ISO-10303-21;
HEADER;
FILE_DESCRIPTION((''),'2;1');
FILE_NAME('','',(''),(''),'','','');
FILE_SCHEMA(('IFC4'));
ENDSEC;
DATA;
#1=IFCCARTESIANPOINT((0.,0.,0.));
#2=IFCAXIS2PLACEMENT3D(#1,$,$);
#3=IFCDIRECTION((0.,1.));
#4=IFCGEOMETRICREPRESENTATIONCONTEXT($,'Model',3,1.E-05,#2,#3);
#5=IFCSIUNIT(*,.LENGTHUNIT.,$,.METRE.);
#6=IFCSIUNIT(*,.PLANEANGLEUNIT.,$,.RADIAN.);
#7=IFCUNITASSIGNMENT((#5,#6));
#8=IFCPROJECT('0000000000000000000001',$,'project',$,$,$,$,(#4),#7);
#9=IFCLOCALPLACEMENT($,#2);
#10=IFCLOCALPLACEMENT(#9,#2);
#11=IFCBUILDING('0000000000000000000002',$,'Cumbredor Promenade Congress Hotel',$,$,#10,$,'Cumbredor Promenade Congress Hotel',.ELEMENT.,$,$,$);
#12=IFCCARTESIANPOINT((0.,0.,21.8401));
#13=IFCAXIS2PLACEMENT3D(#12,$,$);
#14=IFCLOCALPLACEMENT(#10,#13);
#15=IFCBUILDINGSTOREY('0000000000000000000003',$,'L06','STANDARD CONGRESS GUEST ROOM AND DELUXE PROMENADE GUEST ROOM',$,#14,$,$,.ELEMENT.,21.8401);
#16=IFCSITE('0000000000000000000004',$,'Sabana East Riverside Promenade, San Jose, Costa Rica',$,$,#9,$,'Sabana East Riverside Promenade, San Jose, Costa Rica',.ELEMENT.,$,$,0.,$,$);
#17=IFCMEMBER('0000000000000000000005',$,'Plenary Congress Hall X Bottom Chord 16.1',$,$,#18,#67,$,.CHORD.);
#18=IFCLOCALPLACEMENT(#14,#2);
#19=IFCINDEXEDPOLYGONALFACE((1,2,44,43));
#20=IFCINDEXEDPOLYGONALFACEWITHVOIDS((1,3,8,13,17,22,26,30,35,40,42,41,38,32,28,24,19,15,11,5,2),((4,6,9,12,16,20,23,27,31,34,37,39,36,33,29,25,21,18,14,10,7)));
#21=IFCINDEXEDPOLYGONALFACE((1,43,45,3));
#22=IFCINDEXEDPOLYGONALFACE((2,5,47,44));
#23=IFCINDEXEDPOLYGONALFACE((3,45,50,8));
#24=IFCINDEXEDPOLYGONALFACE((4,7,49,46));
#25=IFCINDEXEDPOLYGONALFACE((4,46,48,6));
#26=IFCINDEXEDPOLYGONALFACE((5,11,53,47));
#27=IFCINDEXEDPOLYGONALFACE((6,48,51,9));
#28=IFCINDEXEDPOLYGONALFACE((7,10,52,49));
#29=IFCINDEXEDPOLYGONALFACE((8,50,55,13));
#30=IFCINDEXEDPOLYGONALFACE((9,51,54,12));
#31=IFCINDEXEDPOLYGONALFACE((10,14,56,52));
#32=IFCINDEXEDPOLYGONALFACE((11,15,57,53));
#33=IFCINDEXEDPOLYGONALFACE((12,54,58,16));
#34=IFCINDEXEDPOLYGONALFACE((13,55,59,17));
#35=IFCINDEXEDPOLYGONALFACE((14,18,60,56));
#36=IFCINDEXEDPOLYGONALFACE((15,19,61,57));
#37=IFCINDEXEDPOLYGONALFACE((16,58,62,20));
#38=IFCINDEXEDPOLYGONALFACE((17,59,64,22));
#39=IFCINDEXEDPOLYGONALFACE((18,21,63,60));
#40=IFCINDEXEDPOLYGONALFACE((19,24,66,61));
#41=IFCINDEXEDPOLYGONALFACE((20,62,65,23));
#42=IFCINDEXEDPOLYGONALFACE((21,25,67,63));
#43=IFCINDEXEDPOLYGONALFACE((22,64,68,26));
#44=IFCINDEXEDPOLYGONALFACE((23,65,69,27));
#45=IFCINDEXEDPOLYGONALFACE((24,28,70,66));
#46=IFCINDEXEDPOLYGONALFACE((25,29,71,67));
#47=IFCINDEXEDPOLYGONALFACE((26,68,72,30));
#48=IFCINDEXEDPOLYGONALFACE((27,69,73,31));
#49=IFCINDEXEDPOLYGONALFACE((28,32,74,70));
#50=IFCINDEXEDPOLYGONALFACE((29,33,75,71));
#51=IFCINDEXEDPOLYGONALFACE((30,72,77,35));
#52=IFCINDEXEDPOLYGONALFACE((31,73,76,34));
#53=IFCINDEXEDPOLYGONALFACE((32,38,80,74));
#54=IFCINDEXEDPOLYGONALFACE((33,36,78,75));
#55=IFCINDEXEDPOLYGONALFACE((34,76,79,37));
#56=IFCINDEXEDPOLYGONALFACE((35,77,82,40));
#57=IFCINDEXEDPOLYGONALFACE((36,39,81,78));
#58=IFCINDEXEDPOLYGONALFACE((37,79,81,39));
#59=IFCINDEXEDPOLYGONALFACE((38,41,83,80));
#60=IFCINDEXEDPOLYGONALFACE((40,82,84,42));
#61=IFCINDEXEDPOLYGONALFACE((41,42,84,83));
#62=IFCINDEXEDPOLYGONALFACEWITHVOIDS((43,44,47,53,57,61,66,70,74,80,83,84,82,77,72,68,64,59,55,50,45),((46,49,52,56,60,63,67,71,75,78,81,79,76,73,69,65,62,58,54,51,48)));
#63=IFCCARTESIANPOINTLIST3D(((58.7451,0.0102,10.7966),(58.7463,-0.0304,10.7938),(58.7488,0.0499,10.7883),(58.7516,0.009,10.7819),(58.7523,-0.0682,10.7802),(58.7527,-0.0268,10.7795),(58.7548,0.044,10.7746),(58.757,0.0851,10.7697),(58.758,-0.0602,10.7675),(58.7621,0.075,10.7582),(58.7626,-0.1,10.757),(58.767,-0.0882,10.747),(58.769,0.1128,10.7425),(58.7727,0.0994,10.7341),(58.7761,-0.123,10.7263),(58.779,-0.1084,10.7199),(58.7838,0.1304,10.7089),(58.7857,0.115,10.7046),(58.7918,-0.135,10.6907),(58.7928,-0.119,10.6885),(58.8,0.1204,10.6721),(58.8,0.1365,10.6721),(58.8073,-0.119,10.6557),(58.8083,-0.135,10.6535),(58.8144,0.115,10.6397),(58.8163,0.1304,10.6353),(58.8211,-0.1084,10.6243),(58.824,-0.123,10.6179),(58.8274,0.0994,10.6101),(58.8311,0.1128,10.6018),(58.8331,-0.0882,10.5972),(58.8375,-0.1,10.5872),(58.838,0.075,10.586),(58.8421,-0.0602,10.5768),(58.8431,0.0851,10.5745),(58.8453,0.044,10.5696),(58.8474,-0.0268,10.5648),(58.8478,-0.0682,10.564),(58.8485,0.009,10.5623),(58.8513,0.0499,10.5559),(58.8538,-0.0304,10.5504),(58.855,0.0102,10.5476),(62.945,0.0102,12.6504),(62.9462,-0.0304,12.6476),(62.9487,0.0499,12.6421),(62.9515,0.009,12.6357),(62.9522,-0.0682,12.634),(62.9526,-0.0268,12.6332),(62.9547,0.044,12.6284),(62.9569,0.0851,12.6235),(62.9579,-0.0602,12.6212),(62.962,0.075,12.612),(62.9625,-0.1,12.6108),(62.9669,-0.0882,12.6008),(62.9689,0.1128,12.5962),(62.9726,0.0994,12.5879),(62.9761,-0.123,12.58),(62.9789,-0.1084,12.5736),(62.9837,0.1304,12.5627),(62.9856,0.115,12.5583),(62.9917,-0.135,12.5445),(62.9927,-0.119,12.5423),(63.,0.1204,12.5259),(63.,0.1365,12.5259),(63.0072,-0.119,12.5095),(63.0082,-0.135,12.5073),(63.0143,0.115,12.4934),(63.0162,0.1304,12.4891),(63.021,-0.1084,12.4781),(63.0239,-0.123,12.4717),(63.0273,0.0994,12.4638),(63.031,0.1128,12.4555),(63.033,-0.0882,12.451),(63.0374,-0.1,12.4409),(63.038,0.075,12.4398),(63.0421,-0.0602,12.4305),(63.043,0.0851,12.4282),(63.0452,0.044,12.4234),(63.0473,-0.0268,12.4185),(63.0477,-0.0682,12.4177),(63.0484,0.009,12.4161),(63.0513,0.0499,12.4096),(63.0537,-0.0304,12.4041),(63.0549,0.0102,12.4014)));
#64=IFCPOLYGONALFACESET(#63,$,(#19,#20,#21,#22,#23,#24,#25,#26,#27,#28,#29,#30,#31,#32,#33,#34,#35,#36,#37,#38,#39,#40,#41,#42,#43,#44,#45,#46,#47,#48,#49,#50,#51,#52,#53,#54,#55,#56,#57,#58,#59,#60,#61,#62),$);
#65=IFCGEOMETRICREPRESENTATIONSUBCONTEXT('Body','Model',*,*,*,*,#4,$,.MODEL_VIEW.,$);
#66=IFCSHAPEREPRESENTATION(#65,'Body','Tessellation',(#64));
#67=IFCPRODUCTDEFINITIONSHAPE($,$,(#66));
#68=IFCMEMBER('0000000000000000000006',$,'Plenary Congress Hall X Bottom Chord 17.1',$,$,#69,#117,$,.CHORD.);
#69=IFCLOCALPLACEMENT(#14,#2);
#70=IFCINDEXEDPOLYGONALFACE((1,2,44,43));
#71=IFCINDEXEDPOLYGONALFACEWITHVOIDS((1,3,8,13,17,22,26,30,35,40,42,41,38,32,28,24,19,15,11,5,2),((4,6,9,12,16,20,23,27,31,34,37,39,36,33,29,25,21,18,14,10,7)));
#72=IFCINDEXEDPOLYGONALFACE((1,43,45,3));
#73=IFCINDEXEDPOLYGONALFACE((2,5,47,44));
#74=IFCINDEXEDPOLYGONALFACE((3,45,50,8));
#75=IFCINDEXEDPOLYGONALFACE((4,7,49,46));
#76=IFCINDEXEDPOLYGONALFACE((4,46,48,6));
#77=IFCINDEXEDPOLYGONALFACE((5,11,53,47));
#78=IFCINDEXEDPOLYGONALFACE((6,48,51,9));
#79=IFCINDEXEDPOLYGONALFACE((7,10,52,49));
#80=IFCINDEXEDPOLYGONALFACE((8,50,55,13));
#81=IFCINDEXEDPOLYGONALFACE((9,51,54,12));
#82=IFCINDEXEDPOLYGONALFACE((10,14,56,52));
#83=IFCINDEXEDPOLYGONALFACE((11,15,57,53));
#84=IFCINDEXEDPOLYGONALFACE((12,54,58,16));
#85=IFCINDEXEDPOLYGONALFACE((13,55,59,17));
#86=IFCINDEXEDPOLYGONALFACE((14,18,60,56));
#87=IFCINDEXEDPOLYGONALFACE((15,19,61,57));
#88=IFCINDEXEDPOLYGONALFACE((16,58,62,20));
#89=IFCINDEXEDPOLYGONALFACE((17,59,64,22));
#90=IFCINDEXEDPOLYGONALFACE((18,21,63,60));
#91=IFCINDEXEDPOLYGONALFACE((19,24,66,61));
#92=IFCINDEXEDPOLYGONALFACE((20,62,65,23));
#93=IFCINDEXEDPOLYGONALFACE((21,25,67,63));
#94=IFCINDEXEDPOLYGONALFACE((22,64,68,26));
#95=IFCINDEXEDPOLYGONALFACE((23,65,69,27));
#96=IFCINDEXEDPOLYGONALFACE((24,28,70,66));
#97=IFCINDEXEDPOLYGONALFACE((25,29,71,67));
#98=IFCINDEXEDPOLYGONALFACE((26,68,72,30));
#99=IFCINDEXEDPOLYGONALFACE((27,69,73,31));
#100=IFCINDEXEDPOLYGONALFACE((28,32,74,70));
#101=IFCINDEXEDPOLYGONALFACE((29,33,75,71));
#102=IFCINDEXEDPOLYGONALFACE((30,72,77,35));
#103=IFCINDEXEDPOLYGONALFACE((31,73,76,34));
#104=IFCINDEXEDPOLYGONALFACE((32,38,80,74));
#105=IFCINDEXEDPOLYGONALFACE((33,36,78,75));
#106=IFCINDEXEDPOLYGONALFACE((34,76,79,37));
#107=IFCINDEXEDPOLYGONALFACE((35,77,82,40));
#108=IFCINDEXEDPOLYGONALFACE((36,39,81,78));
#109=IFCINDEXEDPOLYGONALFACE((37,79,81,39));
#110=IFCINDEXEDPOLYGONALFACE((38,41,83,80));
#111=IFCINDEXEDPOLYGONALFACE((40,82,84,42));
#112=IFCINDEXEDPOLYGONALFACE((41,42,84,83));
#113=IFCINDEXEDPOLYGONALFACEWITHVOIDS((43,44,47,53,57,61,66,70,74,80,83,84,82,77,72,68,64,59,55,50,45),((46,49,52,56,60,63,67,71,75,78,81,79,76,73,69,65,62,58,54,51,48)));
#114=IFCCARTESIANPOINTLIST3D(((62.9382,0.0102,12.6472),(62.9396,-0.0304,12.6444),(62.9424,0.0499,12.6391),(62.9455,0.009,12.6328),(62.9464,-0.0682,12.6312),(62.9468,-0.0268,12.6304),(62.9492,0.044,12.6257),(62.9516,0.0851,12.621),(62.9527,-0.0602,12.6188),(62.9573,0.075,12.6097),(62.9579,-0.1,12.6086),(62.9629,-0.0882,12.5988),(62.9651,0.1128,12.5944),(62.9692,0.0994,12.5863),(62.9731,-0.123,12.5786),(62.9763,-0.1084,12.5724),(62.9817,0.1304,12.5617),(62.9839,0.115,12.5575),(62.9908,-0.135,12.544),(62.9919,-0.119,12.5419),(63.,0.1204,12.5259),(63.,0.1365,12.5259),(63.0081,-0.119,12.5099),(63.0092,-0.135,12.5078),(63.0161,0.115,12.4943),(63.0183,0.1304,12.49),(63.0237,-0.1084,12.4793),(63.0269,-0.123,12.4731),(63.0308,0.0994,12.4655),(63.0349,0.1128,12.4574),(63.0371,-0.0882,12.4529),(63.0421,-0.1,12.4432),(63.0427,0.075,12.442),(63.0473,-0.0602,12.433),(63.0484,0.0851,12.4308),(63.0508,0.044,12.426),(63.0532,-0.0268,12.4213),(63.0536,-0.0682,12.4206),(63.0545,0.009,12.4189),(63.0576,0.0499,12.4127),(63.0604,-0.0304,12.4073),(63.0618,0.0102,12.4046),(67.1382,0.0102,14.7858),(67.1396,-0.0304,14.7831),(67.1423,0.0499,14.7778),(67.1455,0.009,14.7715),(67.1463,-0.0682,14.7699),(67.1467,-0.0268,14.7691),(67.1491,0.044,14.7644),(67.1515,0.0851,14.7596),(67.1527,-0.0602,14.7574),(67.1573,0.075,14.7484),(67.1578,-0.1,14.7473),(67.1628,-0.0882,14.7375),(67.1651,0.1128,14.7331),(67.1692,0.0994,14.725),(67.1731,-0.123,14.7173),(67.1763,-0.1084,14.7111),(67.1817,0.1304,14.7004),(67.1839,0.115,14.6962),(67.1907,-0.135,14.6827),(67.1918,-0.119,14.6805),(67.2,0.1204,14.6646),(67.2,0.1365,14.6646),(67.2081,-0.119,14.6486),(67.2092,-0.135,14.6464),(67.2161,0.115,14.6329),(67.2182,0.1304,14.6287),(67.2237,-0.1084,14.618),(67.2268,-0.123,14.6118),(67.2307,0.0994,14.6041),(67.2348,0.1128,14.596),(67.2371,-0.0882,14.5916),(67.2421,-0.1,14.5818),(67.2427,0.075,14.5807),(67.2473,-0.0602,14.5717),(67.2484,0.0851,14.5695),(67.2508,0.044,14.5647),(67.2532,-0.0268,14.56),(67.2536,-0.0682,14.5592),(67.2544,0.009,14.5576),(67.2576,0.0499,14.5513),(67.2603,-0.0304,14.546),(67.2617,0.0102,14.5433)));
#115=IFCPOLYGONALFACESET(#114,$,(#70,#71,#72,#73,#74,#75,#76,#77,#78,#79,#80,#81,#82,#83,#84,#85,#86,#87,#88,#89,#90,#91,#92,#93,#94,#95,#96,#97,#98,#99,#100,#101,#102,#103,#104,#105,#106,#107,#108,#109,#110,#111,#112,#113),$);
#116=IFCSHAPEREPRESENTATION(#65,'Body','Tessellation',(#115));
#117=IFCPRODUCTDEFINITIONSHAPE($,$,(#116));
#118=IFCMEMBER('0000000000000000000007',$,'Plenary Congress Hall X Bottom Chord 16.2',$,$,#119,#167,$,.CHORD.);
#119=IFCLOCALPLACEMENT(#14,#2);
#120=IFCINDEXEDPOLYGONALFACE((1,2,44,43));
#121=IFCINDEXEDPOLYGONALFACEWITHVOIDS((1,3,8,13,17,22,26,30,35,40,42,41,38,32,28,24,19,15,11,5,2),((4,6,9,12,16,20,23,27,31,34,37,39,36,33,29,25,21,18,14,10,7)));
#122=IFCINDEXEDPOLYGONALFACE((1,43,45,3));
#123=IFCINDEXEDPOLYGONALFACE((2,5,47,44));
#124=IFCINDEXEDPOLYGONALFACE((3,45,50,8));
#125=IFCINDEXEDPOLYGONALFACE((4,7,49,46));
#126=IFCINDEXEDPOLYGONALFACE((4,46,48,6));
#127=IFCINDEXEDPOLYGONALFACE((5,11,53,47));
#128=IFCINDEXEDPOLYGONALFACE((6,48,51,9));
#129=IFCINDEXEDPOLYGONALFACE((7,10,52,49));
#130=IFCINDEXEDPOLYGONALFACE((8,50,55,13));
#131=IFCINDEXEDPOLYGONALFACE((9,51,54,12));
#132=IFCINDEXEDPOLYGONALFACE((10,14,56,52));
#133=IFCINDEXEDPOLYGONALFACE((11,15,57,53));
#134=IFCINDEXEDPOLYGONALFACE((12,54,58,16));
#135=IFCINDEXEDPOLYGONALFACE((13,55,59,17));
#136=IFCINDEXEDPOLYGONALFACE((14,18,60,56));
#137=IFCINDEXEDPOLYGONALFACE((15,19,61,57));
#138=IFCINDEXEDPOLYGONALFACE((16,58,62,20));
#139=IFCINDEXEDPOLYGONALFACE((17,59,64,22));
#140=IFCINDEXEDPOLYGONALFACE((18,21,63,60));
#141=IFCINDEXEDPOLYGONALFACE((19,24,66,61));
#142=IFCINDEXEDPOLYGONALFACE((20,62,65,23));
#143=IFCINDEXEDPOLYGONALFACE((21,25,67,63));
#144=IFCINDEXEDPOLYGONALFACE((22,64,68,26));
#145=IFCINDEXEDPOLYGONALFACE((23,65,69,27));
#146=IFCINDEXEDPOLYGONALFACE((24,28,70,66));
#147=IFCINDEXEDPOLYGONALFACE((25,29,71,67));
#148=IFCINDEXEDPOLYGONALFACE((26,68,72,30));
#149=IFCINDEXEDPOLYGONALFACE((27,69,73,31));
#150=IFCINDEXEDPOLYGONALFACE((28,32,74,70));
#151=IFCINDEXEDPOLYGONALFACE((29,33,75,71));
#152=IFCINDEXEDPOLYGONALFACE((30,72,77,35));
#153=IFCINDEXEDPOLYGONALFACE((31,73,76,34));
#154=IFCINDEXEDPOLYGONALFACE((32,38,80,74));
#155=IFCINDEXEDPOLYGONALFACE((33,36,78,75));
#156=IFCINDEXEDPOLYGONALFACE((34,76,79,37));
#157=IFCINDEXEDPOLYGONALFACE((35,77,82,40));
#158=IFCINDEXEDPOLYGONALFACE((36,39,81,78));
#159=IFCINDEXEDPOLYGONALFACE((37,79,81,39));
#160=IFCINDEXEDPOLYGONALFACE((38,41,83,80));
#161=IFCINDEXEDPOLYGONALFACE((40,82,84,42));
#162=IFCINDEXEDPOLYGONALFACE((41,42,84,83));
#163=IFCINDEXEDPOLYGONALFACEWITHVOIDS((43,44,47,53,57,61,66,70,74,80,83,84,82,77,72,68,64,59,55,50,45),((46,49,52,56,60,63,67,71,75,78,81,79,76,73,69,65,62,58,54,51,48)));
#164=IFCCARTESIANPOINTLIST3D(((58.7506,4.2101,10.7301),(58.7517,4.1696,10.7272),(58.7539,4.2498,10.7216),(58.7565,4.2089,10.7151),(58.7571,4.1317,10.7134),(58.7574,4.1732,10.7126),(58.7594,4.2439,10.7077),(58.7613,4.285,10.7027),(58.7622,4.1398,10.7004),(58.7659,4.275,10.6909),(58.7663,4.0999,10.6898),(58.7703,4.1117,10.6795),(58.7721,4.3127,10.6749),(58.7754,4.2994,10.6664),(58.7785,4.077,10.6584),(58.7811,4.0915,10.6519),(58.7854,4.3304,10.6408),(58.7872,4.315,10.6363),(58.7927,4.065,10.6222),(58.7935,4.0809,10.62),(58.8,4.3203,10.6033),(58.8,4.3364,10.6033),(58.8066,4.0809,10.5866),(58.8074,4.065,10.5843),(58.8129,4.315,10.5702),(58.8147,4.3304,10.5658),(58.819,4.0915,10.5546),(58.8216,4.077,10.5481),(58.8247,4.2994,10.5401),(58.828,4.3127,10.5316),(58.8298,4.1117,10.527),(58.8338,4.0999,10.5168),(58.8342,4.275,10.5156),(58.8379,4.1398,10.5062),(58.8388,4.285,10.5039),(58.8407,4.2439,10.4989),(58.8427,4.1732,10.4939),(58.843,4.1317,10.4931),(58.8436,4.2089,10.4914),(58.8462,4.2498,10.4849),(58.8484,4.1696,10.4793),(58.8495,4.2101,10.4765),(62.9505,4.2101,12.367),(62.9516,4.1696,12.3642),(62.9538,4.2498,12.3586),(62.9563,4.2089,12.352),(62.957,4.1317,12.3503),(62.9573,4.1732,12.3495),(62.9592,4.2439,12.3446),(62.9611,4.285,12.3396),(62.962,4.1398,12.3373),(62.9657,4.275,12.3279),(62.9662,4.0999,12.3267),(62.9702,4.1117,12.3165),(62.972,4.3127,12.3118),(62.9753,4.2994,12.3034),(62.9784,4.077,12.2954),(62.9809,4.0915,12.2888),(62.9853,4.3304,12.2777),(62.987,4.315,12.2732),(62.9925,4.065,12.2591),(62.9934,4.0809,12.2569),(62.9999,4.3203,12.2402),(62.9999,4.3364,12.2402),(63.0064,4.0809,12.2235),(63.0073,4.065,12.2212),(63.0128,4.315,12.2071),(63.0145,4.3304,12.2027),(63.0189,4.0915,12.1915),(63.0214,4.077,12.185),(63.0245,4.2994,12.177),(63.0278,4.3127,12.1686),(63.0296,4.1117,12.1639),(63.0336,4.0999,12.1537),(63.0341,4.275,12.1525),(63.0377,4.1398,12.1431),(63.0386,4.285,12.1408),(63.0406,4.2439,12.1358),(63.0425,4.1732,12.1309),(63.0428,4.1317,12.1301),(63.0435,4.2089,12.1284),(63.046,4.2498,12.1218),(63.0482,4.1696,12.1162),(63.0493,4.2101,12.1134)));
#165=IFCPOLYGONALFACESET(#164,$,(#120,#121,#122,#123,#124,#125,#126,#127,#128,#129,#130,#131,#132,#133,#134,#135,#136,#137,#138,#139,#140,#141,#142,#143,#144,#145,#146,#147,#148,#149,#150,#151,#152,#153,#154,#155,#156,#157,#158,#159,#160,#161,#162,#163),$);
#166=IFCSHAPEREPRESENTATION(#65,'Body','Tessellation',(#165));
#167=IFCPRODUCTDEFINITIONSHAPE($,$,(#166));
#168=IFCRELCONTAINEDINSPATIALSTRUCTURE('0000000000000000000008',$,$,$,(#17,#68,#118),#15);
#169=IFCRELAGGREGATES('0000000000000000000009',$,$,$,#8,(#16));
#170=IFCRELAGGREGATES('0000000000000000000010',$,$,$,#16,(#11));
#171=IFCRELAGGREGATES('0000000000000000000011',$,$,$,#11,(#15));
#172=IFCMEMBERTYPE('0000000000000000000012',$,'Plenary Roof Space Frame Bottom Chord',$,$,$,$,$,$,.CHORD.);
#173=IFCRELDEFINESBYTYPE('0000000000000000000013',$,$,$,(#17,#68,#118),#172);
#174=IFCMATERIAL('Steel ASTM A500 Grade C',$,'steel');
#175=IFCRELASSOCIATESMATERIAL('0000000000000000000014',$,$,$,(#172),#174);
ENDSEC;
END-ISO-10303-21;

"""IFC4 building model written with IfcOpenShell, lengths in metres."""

from ifc_helpers import new_model, si_unit, direction, frame, origin, origin_2d, place, context, subcontext, project, spatial, hollow_circle, extrude, material, material_profile, profile_set, type_object, element, save


model = new_model("IFC4")

# Units and contexts
model_context = context("Model", 3, precision=1e-05, world=origin(), true_north=direction((0.0, 1.0)))
body_context = subcontext(model_context, "Body", "Model", "MODEL_VIEW")
ifc_project = project(units=[si_unit("LENGTHUNIT", "METRE"), si_unit("PLANEANGLEUNIT", "RADIAN")], contexts=[model_context])

# Site, building, storey
site_placement = place(None, origin())
site = spatial("IfcSite", under=ifc_project, at=site_placement, Name="Sabana East Riverside Promenade, San Jose, Costa Rica", LongName="Sabana East Riverside Promenade, San Jose, Costa Rica", CompositionType="ELEMENT", RefElevation=0.0)
building_placement = place(site_placement, origin())
building = spatial("IfcBuilding", under=site, at=building_placement, Name="Cumbredor Promenade Congress Hotel", LongName="Cumbredor Promenade Congress Hotel", CompositionType="ELEMENT")
storey_placement = place(building_placement, frame((0.0, 0.0, 21.8401)))
storey = spatial("IfcBuildingStorey", under=building, at=storey_placement, Name="L06", Description="STANDARD CONGRESS GUEST ROOM AND DELUXE PROMENADE GUEST ROOM", CompositionType="ELEMENT", Elevation=21.8401)

# Members
ifc_material_1 = material(Name="Steel ASTM A500 Grade C", Category="steel")
ifc_material_profile_1 = material_profile(ifc_material_1, hollow_circle(Radius=0.1365, WallThickness=0.0161, at=origin_2d()), Name="CHS 273.0x16")
ifc_profile_set_1 = profile_set([ifc_material_profile_1], Name="Steel ASTM A500 Grade C")
member_type_1 = type_object("IfcMemberType", Name="Plenary Roof Space Frame Bottom Chord", PredefinedType="CHORD", material=ifc_profile_set_1)
member_1_placement = place(storey_placement, frame((58.8, 0.0, 10.6721), z_axis=(0.91485, 0.0, 0.403793), x_axis=(0.0, 1.0, 0.0)))
element("IfcMember", 1, at=member_1_placement, inside=storey, type_object=member_type_1, Name="Plenary Congress Hall X Bottom Chord 16.1", PredefinedType="CHORD", context=body_context, shape_type="SweptSolid", body=[
    extrude(hollow_circle(Radius=0.1365, WallThickness=0.0161, at=origin_2d()), origin(), (0.0, 0.0, 1.0), 4.5908),
])
member_2_placement = place(storey_placement, frame((63.0, 0.0, 12.5259), z_axis=(0.891119, 0.0, 0.45377), x_axis=(0.0, 1.0, 0.0)))
element("IfcMember", 2, at=member_2_placement, inside=storey, type_object=member_type_1, Name="Plenary Congress Hall X Bottom Chord 17.1", PredefinedType="CHORD", context=body_context, shape_type="SweptSolid", body=[
    extrude(hollow_circle(Radius=0.1365, WallThickness=0.0161, at=origin_2d()), origin(), (0.0, 0.0, 1.0), 4.7131),
])
member_3_placement = place(storey_placement, frame((58.8, 4.2, 10.6033), z_axis=(0.931731, 0.0, 0.363149), x_axis=(0.0, 1.0, 0.0)))
element("IfcMember", 3, at=member_3_placement, inside=storey, type_object=member_type_1, Name="Plenary Congress Hall X Bottom Chord 16.2", PredefinedType="CHORD", context=body_context, shape_type="SweptSolid", body=[
    extrude(hollow_circle(Radius=0.1365, WallThickness=0.0161, at=origin_2d()), origin(), (0.0, 0.0, 1.0), 4.5076),
])

save(model, "model.ifc")
